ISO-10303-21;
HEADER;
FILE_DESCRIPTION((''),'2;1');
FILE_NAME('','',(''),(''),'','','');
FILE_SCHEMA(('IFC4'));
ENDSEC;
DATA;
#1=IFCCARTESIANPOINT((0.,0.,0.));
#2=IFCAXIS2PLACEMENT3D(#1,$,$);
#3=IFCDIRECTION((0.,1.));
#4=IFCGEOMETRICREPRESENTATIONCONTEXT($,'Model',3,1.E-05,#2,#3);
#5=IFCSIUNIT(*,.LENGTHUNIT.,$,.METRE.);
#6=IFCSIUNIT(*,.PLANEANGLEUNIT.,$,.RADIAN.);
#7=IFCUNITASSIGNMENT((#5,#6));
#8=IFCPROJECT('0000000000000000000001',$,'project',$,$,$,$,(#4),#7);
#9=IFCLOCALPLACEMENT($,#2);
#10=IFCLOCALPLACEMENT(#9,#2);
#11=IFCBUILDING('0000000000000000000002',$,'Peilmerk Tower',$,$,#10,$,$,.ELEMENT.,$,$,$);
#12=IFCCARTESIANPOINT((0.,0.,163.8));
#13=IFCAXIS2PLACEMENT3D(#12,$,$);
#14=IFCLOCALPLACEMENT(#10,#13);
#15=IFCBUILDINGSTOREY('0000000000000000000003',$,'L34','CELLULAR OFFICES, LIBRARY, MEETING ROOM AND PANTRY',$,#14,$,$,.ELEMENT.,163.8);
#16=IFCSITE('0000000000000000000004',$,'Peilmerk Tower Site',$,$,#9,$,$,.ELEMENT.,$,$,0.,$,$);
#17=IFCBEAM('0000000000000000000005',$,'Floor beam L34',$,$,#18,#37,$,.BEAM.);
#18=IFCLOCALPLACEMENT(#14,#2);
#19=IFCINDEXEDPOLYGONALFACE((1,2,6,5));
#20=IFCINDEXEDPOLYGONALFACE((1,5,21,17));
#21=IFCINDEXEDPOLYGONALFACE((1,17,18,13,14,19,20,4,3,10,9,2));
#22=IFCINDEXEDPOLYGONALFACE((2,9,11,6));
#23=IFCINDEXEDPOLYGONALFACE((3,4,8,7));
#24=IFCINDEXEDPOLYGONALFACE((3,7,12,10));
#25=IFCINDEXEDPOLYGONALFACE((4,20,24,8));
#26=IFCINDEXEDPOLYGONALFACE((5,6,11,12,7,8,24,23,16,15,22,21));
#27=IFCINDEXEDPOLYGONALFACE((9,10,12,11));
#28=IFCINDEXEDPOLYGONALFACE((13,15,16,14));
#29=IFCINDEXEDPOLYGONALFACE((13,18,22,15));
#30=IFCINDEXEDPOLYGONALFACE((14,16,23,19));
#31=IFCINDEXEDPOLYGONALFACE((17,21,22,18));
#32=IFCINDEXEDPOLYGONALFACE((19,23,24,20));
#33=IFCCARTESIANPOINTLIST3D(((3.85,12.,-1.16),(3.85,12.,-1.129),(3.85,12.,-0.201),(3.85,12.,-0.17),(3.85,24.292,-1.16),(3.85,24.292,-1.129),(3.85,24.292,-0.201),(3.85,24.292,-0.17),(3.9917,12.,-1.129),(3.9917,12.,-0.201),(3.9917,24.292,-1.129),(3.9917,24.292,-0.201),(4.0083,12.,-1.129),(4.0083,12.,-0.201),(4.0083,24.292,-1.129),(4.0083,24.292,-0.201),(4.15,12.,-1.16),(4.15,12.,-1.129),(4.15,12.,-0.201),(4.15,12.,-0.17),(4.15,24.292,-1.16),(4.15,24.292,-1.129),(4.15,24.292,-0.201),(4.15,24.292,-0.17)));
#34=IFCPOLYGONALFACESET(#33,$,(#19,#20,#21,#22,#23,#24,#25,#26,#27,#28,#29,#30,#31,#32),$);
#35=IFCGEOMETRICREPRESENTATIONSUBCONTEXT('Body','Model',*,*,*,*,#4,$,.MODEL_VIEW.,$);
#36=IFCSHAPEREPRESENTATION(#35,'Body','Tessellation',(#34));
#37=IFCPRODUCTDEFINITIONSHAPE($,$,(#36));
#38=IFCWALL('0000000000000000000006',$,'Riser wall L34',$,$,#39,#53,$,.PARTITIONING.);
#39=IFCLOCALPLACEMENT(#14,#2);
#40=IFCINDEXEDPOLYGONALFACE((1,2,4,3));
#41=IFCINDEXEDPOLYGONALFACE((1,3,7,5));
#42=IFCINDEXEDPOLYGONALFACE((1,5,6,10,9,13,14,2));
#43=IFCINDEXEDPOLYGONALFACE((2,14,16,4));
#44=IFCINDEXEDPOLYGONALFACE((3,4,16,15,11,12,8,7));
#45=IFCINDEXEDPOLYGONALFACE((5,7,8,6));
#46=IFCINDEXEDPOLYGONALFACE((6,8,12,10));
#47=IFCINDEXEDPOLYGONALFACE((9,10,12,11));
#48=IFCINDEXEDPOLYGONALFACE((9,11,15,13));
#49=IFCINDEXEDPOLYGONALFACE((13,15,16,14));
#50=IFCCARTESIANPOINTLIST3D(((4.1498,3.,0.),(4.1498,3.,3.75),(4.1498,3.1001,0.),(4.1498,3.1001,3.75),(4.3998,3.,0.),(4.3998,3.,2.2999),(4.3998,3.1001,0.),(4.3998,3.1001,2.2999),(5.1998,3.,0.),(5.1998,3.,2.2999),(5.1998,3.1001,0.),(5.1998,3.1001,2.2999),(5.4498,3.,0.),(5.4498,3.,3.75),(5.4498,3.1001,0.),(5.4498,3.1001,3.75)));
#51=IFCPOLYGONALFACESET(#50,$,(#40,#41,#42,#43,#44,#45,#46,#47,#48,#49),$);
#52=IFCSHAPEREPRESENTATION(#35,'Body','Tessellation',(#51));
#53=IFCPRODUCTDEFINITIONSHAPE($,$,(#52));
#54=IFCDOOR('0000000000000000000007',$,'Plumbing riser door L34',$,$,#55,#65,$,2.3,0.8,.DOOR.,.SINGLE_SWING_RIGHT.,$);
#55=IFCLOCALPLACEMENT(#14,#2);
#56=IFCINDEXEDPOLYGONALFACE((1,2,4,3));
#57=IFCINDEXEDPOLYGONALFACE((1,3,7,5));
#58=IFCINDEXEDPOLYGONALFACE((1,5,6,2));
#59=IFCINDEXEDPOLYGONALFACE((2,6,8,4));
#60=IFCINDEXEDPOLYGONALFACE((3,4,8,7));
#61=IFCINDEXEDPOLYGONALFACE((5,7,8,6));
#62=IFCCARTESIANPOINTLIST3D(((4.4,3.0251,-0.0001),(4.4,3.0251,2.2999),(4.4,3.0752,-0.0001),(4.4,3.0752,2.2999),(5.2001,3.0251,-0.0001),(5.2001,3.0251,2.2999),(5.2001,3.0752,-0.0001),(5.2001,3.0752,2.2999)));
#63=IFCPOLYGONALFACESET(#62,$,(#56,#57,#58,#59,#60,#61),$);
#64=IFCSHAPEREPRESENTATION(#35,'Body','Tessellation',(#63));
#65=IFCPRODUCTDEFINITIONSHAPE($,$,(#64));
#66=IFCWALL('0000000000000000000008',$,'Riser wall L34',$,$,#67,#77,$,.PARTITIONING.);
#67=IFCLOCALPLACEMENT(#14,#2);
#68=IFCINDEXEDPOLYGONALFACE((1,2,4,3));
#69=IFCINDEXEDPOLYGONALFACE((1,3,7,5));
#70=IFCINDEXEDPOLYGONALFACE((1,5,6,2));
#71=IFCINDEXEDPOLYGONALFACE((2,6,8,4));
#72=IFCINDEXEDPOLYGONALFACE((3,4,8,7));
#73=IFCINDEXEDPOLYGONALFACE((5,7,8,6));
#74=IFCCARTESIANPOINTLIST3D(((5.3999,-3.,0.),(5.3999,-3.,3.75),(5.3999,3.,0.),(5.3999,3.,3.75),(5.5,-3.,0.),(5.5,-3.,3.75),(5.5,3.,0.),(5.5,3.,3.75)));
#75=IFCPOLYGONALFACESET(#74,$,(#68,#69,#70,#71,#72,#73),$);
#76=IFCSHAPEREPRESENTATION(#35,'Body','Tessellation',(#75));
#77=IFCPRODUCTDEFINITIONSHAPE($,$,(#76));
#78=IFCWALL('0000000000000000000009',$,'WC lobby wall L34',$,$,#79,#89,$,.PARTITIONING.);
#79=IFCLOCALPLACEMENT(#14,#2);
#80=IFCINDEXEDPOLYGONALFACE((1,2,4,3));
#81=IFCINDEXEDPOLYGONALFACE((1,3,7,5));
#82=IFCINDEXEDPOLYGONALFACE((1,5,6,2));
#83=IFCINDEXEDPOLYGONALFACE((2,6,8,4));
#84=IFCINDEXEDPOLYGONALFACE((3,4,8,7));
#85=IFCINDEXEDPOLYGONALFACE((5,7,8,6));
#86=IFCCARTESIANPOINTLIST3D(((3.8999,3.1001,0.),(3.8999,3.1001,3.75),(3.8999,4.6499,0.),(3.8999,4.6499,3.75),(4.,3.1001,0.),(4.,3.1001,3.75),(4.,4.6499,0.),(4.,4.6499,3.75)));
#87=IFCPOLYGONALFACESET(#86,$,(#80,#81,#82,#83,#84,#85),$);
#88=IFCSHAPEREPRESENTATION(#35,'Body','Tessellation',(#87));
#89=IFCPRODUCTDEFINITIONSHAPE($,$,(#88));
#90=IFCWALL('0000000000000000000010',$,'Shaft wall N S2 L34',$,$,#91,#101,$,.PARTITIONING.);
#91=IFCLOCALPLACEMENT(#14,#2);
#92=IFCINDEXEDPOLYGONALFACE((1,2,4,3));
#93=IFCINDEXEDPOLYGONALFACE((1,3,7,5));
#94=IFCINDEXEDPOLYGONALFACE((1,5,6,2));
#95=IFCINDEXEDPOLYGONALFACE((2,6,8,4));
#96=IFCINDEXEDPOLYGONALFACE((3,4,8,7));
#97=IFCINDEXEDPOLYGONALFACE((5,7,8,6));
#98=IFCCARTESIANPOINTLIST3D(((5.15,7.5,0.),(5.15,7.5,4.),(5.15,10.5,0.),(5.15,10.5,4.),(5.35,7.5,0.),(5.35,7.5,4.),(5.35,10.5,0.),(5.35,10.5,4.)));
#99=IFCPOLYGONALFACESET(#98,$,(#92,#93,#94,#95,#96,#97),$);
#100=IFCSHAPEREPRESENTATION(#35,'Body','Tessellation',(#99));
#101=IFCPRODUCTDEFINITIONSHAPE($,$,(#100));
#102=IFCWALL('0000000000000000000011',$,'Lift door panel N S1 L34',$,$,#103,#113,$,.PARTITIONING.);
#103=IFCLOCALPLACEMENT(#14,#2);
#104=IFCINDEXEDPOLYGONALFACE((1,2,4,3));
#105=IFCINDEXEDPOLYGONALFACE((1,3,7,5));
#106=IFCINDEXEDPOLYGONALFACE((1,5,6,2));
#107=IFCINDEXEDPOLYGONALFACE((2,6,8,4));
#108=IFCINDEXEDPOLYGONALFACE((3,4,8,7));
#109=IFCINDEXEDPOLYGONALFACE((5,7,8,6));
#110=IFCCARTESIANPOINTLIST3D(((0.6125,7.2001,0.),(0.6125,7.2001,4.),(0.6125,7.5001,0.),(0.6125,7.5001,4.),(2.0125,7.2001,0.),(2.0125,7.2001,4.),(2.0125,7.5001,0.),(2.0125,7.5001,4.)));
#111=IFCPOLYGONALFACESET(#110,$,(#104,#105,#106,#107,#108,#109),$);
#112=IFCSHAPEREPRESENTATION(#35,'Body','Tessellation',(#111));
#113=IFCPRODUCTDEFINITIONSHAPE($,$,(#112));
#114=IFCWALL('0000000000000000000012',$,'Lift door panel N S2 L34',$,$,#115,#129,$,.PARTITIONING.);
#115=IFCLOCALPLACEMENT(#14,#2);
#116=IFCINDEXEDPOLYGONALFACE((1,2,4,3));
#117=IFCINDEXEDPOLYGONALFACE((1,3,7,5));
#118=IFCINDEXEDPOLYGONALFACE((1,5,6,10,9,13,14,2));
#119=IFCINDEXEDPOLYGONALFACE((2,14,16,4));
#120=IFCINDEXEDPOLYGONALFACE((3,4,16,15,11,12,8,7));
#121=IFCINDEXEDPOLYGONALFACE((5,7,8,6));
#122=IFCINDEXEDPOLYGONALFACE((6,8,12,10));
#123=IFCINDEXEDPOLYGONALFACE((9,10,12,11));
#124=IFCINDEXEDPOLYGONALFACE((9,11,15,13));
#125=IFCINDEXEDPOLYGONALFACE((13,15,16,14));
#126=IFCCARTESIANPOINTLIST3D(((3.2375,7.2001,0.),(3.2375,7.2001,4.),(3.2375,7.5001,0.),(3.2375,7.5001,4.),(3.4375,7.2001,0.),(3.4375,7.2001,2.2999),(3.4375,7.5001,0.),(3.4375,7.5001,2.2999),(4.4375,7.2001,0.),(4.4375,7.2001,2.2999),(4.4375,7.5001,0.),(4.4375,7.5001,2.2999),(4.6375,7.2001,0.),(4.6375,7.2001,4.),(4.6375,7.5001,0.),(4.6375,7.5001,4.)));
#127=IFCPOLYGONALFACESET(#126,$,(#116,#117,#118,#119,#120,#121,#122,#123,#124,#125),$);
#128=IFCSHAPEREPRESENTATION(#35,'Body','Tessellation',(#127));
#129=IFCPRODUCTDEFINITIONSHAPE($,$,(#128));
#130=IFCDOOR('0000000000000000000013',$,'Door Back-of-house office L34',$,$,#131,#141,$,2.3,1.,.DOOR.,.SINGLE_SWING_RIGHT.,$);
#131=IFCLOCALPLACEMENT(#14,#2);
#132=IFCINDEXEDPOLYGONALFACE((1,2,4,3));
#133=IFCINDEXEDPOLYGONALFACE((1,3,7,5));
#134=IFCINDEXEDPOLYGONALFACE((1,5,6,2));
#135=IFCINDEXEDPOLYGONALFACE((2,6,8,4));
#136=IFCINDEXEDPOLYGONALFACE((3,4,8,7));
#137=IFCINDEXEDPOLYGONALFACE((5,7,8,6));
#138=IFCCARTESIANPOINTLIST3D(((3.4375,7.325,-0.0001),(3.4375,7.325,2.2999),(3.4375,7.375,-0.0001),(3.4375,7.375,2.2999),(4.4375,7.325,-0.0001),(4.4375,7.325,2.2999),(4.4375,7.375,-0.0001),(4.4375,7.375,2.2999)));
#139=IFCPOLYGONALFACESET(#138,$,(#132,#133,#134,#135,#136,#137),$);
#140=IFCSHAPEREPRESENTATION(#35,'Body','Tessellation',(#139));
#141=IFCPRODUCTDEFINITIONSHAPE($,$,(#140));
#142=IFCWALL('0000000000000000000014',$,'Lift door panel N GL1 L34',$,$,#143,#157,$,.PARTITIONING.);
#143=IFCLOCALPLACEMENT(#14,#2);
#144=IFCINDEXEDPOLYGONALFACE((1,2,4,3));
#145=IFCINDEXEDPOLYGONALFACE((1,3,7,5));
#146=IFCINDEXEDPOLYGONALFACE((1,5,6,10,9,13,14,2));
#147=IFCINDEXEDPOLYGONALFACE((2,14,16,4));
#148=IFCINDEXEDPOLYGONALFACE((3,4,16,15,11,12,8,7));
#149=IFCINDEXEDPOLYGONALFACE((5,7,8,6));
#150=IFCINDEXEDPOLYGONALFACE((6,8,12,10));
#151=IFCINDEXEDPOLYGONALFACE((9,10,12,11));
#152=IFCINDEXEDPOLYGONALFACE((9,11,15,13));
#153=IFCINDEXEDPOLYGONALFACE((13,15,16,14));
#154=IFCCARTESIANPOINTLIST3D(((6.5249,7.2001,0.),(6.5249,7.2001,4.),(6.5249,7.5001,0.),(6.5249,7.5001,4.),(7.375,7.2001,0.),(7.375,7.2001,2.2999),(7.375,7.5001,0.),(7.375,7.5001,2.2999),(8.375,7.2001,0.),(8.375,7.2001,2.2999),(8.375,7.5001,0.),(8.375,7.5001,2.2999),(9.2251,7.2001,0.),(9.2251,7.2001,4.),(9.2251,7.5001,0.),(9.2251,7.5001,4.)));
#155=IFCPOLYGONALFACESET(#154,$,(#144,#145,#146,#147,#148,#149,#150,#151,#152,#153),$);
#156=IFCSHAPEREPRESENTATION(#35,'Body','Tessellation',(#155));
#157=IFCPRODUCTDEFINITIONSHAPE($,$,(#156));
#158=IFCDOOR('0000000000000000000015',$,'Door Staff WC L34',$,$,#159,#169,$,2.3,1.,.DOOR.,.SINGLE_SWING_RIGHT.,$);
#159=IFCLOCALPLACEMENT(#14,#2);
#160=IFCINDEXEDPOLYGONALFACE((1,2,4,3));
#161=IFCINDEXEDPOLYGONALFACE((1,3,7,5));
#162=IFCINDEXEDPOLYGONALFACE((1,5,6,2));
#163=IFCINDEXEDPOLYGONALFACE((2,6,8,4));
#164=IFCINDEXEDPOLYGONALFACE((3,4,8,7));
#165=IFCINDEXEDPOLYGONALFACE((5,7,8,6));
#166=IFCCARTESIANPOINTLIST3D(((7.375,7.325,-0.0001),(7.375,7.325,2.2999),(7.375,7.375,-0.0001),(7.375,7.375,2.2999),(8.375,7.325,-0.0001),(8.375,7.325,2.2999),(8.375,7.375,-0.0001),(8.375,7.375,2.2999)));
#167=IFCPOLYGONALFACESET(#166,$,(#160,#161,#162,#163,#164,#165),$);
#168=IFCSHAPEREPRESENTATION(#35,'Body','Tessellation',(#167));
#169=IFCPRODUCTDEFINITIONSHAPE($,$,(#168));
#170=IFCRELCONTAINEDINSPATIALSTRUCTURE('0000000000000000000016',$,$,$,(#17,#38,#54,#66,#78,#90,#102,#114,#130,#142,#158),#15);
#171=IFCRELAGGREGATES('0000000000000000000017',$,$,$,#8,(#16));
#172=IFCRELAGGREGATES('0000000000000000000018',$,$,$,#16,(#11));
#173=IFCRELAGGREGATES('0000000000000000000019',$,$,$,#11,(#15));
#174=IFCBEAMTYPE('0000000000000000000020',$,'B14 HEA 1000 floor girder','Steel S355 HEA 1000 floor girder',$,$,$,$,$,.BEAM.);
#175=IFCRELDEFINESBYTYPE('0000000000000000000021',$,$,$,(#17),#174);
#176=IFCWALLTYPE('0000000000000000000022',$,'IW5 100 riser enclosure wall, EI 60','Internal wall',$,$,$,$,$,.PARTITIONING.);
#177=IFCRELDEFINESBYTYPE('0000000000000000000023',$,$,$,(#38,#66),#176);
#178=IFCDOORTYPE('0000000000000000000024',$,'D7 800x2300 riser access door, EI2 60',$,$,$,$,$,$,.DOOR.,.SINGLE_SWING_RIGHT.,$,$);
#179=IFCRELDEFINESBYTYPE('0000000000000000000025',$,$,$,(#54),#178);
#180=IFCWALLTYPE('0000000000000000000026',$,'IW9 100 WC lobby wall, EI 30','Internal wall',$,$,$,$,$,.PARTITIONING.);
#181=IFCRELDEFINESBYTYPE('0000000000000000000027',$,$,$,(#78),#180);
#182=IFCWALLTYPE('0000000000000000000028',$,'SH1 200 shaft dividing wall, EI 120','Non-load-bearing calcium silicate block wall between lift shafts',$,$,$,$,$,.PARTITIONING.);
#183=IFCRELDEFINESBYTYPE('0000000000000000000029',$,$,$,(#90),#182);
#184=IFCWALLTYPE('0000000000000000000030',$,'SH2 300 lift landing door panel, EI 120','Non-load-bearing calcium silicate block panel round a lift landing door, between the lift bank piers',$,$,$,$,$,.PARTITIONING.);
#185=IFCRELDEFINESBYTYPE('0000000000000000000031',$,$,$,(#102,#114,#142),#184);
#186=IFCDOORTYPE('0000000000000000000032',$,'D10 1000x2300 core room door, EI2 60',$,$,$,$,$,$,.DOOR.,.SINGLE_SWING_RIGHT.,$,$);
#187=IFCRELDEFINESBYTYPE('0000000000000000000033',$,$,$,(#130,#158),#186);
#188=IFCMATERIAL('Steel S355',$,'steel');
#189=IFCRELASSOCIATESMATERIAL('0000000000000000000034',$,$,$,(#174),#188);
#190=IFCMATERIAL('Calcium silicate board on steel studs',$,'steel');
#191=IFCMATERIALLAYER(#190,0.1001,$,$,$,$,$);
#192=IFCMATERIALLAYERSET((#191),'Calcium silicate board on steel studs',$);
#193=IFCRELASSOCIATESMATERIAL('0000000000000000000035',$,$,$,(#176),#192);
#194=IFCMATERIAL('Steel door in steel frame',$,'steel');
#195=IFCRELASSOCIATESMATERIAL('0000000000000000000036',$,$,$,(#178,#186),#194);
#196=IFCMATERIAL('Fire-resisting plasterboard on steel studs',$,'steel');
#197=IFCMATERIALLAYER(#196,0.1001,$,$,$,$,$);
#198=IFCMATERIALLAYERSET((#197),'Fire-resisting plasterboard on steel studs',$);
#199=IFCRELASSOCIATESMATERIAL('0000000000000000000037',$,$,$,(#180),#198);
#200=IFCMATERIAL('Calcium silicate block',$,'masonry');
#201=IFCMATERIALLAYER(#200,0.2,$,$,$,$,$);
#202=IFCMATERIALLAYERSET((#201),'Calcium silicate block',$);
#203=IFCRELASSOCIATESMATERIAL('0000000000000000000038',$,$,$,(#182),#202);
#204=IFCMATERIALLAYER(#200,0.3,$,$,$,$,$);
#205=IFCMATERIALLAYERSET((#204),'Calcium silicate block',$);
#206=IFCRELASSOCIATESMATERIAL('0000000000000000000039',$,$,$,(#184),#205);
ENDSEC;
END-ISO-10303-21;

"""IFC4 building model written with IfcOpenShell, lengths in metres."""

from ifc_helpers import new_model, si_unit, direction, frame, frame_2d, origin, origin_2d, place, context, subcontext, project, spatial, rectangle, i_section, extrude, material, layer, layer_set, material_profile, profile_set, type_object, element, fill, save


model = new_model("IFC4")

# Units and contexts
model_context = context("Model", 3, precision=1e-05, world=origin(), true_north=direction((0.0, 1.0)))
body_context = subcontext(model_context, "Body", "Model", "MODEL_VIEW")
ifc_project = project(units=[si_unit("LENGTHUNIT", "METRE"), si_unit("PLANEANGLEUNIT", "RADIAN")], contexts=[model_context])

# Site, building, storey
site_placement = place(None, origin())
site = spatial("IfcSite", under=ifc_project, at=site_placement, Name="Peilmerk Tower Site", CompositionType="ELEMENT", RefElevation=0.0)
building_placement = place(site_placement, origin())
building = spatial("IfcBuilding", under=site, at=building_placement, Name="Peilmerk Tower", CompositionType="ELEMENT")
storey_placement = place(building_placement, frame((0.0, 0.0, 163.8)))
storey = spatial("IfcBuildingStorey", under=building, at=storey_placement, Name="L34", Description="CELLULAR OFFICES, LIBRARY, MEETING ROOM AND PANTRY", CompositionType="ELEMENT", Elevation=163.8)

# Beam
ifc_material_1 = material(Name="Steel S355", Category="steel")
ifc_material_profile = material_profile(ifc_material_1, i_section(OverallWidth=0.3, OverallDepth=0.99, WebThickness=0.0166, FlangeThickness=0.031, at=origin_2d()), Name="HEA 1000")
ifc_profile_set = profile_set([ifc_material_profile], Name="Steel S355")
beam_type = type_object("IfcBeamType", Name="B14 HEA 1000 floor girder", Description="Steel S355 HEA 1000 floor girder", PredefinedType="BEAM", material=ifc_profile_set)
beam_placement = place(storey_placement, frame((4.0, 12.0, -0.665), z_axis=(0.0, 1.0, 0.0), x_axis=(-1.0, 0.0, 0.0)))
element("IfcBeam", 1, at=beam_placement, inside=storey, type_object=beam_type, Name="Floor beam L34", PredefinedType="BEAM", context=body_context, shape_type="SweptSolid", body=[
    extrude(i_section(OverallWidth=0.3, OverallDepth=0.99, WebThickness=0.0166, FlangeThickness=0.031, at=origin_2d()), origin(), (0.0, 0.0, 1.0), 12.292),
])

# Wall, opening, door
ifc_material_2 = material(Name="Calcium silicate board on steel studs", Category="steel")
ifc_layer_1 = layer(ifc_material_2, 0.1001)
ifc_layer_set_1 = layer_set([ifc_layer_1], Name="Calcium silicate board on steel studs")
wall_type_1 = type_object("IfcWallType", Name="IW5 100 riser enclosure wall, EI 60", Description="Internal wall", PredefinedType="PARTITIONING", material=ifc_layer_set_1)
wall_1_placement = place(storey_placement, frame((4.1499, 3.05, 0.0), z_axis=(0.0, 0.0, 1.0), x_axis=(1.0, 0.0, 0.0)))
wall_1 = element("IfcWall", 2, at=wall_1_placement, inside=storey, type_object=wall_type_1, Name="Riser wall L34", PredefinedType="PARTITIONING", context=body_context, shape_type="SweptSolid", body=[
    extrude(rectangle(XDim=1.3, YDim=0.1001, at=frame_2d((0.6499, 0.0))), origin(), (0.0, 0.0, 1.0), 3.75),
])
opening_1_placement = place(wall_1_placement, frame((0.25, 0.0, 0.0)))
opening_1 = element("IfcOpeningElement", 3, at=opening_1_placement, cuts=wall_1, PredefinedType="OPENING", context=body_context, shape_type="SweptSolid", body=[
    extrude(rectangle(XDim=0.8, YDim=2.3, at=frame_2d((0.3999, 1.1499))), frame((0.0, 0.0601, 0.0), z_axis=(0.0, -1.0, 0.0), x_axis=(1.0, 0.0, 0.0)), (0.0, 0.0, 1.0), 0.1201),
])
ifc_material_3 = material(Name="Steel door in steel frame", Category="steel")
door_type_1 = type_object("IfcDoorType", Name="D7 800x2300 riser access door, EI2 60", OperationType="SINGLE_SWING_RIGHT", PredefinedType="DOOR", material=ifc_material_3)
door_1_placement = place(opening_1_placement, frame((0.8, 0.0, 0.0), z_axis=(0.0, 0.0, 1.0), x_axis=(-1.0, 0.0, 0.0)))
door_1 = element("IfcDoor", 4, at=door_1_placement, inside=storey, type_object=door_type_1, Name="Plumbing riser door L34", OperationType="SINGLE_SWING_RIGHT", OverallHeight=2.3, OverallWidth=0.8, PredefinedType="DOOR", context=body_context, shape_type="SweptSolid", body=[
    extrude(rectangle(XDim=0.8, YDim=2.3, at=frame_2d((0.3999, 1.1499))), frame((0.0, 0.0249, 0.0), z_axis=(0.0, -1.0, 0.0), x_axis=(1.0, 0.0, 0.0)), (0.0, 0.0, 1.0), 0.05),
])
fill(opening_1, door_1)

# Walls
wall_2_placement = place(storey_placement, frame((5.45, 3.0, 0.0), z_axis=(0.0, 0.0, 1.0), x_axis=(0.0, -1.0, 0.0)))
element("IfcWall", 5, at=wall_2_placement, inside=storey, type_object=wall_type_1, Name="Riser wall L34", PredefinedType="PARTITIONING", context=body_context, shape_type="SweptSolid", body=[
    extrude(rectangle(XDim=6.0, YDim=0.1001, at=frame_2d((3.0, 0.0))), origin(), (0.0, 0.0, 1.0), 3.75),
])
ifc_material_4 = material(Name="Fire-resisting plasterboard on steel studs", Category="steel")
ifc_layer_2 = layer(ifc_material_4, 0.1001)
ifc_layer_set_2 = layer_set([ifc_layer_2], Name="Fire-resisting plasterboard on steel studs")
wall_type_2 = type_object("IfcWallType", Name="IW9 100 WC lobby wall, EI 30", Description="Internal wall", PredefinedType="PARTITIONING", material=ifc_layer_set_2)
wall_3_placement = place(storey_placement, frame((3.95, 3.1001, 0.0), z_axis=(0.0, 0.0, 1.0), x_axis=(0.0, 1.0, 0.0)))
element("IfcWall", 6, at=wall_3_placement, inside=storey, type_object=wall_type_2, Name="WC lobby wall L34", PredefinedType="PARTITIONING", context=body_context, shape_type="SweptSolid", body=[
    extrude(rectangle(XDim=1.5498, YDim=0.1001, at=frame_2d((0.7749, 0.0))), origin(), (0.0, 0.0, 1.0), 3.75),
])
ifc_material_5 = material(Name="Calcium silicate block", Category="masonry")
ifc_layer_3 = layer(ifc_material_5, 0.2)
ifc_layer_set_3 = layer_set([ifc_layer_3], Name="Calcium silicate block")
wall_type_3 = type_object("IfcWallType", Name="SH1 200 shaft dividing wall, EI 120", Description="Non-load-bearing calcium silicate block wall between lift shafts", PredefinedType="PARTITIONING", material=ifc_layer_set_3)
wall_4_placement = place(storey_placement, frame((5.25, 7.5, 0.0), z_axis=(0.0, 0.0, 1.0), x_axis=(0.0, 1.0, 0.0)))
element("IfcWall", 7, at=wall_4_placement, inside=storey, type_object=wall_type_3, Name="Shaft wall N S2 L34", PredefinedType="PARTITIONING", context=body_context, shape_type="SweptSolid", body=[
    extrude(rectangle(XDim=3.0, YDim=0.2, at=frame_2d((1.5, 0.0))), origin(), (0.0, 0.0, 1.0), 4.0),
])
ifc_layer_4 = layer(ifc_material_5, 0.3)
ifc_layer_set_4 = layer_set([ifc_layer_4], Name="Calcium silicate block")
wall_type_4 = type_object("IfcWallType", Name="SH2 300 lift landing door panel, EI 120", Description="Non-load-bearing calcium silicate block panel round a lift landing door, between the lift bank piers", PredefinedType="PARTITIONING", material=ifc_layer_set_4)
wall_5_placement = place(storey_placement, frame((0.6125, 7.3501, 0.0), z_axis=(0.0, 0.0, 1.0), x_axis=(1.0, 0.0, 0.0)))
element("IfcWall", 8, at=wall_5_placement, inside=storey, type_object=wall_type_4, Name="Lift door panel N S1 L34", PredefinedType="PARTITIONING", context=body_context, shape_type="SweptSolid", body=[
    extrude(rectangle(XDim=1.3999, YDim=0.3, at=frame_2d((0.7, 0.0))), origin(), (0.0, 0.0, 1.0), 4.0),
])

# Walls, openings, doors
wall_6_placement = place(storey_placement, frame((3.2375, 7.3501, 0.0), z_axis=(0.0, 0.0, 1.0), x_axis=(1.0, 0.0, 0.0)))
wall_6 = element("IfcWall", 9, at=wall_6_placement, inside=storey, type_object=wall_type_4, Name="Lift door panel N S2 L34", PredefinedType="PARTITIONING", context=body_context, shape_type="SweptSolid", body=[
    extrude(rectangle(XDim=1.3999, YDim=0.3, at=frame_2d((0.7, 0.0))), origin(), (0.0, 0.0, 1.0), 4.0),
])
opening_2_placement = place(wall_6_placement, frame((0.2, 0.0, 0.0)))
opening_2 = element("IfcOpeningElement", 10, at=opening_2_placement, cuts=wall_6, PredefinedType="OPENING", context=body_context, shape_type="SweptSolid", body=[
    extrude(rectangle(XDim=1.0, YDim=2.3, at=frame_2d((0.5, 1.1499))), frame((0.0, 0.1599, 0.0), z_axis=(0.0, -1.0, 0.0), x_axis=(1.0, 0.0, 0.0)), (0.0, 0.0, 1.0), 0.3201),
])
door_type_2 = type_object("IfcDoorType", Name="D10 1000x2300 core room door, EI2 60", OperationType="SINGLE_SWING_RIGHT", PredefinedType="DOOR", material=ifc_material_3)
door_2_placement = place(opening_2_placement, origin())
door_2 = element("IfcDoor", 11, at=door_2_placement, inside=storey, type_object=door_type_2, Name="Door Back-of-house office L34", OperationType="SINGLE_SWING_RIGHT", OverallHeight=2.3, OverallWidth=1.0, PredefinedType="DOOR", context=body_context, shape_type="SweptSolid", body=[
    extrude(rectangle(XDim=1.0, YDim=2.3, at=frame_2d((0.5, 1.1499))), frame((0.0, 0.0249, 0.0), z_axis=(0.0, -1.0, 0.0), x_axis=(1.0, 0.0, 0.0)), (0.0, 0.0, 1.0), 0.05),
])
fill(opening_2, door_2)
wall_7_placement = place(storey_placement, frame((6.5249, 7.3501, 0.0), z_axis=(0.0, 0.0, 1.0), x_axis=(1.0, 0.0, 0.0)))
wall_7 = element("IfcWall", 12, at=wall_7_placement, inside=storey, type_object=wall_type_4, Name="Lift door panel N GL1 L34", PredefinedType="PARTITIONING", context=body_context, shape_type="SweptSolid", body=[
    extrude(rectangle(XDim=2.7002, YDim=0.3, at=frame_2d((1.3501, 0.0))), origin(), (0.0, 0.0, 1.0), 4.0),
])
opening_3_placement = place(wall_7_placement, frame((0.8501, 0.0, 0.0)))
opening_3 = element("IfcOpeningElement", 13, at=opening_3_placement, cuts=wall_7, PredefinedType="OPENING", context=body_context, shape_type="SweptSolid", body=[
    extrude(rectangle(XDim=1.0, YDim=2.3, at=frame_2d((0.5, 1.1499))), frame((0.0, 0.1599, 0.0), z_axis=(0.0, -1.0, 0.0), x_axis=(1.0, 0.0, 0.0)), (0.0, 0.0, 1.0), 0.3201),
])
door_3_placement = place(opening_3_placement, origin())
door_3 = element("IfcDoor", 14, at=door_3_placement, inside=storey, type_object=door_type_2, Name="Door Staff WC L34", OperationType="SINGLE_SWING_RIGHT", OverallHeight=2.3, OverallWidth=1.0, PredefinedType="DOOR", context=body_context, shape_type="SweptSolid", body=[
    extrude(rectangle(XDim=1.0, YDim=2.3, at=frame_2d((0.5, 1.1499))), frame((0.0, 0.0249, 0.0), z_axis=(0.0, -1.0, 0.0), x_axis=(1.0, 0.0, 0.0)), (0.0, 0.0, 1.0), 0.05),
])
fill(opening_3, door_3)

save(model, "model.ifc")
